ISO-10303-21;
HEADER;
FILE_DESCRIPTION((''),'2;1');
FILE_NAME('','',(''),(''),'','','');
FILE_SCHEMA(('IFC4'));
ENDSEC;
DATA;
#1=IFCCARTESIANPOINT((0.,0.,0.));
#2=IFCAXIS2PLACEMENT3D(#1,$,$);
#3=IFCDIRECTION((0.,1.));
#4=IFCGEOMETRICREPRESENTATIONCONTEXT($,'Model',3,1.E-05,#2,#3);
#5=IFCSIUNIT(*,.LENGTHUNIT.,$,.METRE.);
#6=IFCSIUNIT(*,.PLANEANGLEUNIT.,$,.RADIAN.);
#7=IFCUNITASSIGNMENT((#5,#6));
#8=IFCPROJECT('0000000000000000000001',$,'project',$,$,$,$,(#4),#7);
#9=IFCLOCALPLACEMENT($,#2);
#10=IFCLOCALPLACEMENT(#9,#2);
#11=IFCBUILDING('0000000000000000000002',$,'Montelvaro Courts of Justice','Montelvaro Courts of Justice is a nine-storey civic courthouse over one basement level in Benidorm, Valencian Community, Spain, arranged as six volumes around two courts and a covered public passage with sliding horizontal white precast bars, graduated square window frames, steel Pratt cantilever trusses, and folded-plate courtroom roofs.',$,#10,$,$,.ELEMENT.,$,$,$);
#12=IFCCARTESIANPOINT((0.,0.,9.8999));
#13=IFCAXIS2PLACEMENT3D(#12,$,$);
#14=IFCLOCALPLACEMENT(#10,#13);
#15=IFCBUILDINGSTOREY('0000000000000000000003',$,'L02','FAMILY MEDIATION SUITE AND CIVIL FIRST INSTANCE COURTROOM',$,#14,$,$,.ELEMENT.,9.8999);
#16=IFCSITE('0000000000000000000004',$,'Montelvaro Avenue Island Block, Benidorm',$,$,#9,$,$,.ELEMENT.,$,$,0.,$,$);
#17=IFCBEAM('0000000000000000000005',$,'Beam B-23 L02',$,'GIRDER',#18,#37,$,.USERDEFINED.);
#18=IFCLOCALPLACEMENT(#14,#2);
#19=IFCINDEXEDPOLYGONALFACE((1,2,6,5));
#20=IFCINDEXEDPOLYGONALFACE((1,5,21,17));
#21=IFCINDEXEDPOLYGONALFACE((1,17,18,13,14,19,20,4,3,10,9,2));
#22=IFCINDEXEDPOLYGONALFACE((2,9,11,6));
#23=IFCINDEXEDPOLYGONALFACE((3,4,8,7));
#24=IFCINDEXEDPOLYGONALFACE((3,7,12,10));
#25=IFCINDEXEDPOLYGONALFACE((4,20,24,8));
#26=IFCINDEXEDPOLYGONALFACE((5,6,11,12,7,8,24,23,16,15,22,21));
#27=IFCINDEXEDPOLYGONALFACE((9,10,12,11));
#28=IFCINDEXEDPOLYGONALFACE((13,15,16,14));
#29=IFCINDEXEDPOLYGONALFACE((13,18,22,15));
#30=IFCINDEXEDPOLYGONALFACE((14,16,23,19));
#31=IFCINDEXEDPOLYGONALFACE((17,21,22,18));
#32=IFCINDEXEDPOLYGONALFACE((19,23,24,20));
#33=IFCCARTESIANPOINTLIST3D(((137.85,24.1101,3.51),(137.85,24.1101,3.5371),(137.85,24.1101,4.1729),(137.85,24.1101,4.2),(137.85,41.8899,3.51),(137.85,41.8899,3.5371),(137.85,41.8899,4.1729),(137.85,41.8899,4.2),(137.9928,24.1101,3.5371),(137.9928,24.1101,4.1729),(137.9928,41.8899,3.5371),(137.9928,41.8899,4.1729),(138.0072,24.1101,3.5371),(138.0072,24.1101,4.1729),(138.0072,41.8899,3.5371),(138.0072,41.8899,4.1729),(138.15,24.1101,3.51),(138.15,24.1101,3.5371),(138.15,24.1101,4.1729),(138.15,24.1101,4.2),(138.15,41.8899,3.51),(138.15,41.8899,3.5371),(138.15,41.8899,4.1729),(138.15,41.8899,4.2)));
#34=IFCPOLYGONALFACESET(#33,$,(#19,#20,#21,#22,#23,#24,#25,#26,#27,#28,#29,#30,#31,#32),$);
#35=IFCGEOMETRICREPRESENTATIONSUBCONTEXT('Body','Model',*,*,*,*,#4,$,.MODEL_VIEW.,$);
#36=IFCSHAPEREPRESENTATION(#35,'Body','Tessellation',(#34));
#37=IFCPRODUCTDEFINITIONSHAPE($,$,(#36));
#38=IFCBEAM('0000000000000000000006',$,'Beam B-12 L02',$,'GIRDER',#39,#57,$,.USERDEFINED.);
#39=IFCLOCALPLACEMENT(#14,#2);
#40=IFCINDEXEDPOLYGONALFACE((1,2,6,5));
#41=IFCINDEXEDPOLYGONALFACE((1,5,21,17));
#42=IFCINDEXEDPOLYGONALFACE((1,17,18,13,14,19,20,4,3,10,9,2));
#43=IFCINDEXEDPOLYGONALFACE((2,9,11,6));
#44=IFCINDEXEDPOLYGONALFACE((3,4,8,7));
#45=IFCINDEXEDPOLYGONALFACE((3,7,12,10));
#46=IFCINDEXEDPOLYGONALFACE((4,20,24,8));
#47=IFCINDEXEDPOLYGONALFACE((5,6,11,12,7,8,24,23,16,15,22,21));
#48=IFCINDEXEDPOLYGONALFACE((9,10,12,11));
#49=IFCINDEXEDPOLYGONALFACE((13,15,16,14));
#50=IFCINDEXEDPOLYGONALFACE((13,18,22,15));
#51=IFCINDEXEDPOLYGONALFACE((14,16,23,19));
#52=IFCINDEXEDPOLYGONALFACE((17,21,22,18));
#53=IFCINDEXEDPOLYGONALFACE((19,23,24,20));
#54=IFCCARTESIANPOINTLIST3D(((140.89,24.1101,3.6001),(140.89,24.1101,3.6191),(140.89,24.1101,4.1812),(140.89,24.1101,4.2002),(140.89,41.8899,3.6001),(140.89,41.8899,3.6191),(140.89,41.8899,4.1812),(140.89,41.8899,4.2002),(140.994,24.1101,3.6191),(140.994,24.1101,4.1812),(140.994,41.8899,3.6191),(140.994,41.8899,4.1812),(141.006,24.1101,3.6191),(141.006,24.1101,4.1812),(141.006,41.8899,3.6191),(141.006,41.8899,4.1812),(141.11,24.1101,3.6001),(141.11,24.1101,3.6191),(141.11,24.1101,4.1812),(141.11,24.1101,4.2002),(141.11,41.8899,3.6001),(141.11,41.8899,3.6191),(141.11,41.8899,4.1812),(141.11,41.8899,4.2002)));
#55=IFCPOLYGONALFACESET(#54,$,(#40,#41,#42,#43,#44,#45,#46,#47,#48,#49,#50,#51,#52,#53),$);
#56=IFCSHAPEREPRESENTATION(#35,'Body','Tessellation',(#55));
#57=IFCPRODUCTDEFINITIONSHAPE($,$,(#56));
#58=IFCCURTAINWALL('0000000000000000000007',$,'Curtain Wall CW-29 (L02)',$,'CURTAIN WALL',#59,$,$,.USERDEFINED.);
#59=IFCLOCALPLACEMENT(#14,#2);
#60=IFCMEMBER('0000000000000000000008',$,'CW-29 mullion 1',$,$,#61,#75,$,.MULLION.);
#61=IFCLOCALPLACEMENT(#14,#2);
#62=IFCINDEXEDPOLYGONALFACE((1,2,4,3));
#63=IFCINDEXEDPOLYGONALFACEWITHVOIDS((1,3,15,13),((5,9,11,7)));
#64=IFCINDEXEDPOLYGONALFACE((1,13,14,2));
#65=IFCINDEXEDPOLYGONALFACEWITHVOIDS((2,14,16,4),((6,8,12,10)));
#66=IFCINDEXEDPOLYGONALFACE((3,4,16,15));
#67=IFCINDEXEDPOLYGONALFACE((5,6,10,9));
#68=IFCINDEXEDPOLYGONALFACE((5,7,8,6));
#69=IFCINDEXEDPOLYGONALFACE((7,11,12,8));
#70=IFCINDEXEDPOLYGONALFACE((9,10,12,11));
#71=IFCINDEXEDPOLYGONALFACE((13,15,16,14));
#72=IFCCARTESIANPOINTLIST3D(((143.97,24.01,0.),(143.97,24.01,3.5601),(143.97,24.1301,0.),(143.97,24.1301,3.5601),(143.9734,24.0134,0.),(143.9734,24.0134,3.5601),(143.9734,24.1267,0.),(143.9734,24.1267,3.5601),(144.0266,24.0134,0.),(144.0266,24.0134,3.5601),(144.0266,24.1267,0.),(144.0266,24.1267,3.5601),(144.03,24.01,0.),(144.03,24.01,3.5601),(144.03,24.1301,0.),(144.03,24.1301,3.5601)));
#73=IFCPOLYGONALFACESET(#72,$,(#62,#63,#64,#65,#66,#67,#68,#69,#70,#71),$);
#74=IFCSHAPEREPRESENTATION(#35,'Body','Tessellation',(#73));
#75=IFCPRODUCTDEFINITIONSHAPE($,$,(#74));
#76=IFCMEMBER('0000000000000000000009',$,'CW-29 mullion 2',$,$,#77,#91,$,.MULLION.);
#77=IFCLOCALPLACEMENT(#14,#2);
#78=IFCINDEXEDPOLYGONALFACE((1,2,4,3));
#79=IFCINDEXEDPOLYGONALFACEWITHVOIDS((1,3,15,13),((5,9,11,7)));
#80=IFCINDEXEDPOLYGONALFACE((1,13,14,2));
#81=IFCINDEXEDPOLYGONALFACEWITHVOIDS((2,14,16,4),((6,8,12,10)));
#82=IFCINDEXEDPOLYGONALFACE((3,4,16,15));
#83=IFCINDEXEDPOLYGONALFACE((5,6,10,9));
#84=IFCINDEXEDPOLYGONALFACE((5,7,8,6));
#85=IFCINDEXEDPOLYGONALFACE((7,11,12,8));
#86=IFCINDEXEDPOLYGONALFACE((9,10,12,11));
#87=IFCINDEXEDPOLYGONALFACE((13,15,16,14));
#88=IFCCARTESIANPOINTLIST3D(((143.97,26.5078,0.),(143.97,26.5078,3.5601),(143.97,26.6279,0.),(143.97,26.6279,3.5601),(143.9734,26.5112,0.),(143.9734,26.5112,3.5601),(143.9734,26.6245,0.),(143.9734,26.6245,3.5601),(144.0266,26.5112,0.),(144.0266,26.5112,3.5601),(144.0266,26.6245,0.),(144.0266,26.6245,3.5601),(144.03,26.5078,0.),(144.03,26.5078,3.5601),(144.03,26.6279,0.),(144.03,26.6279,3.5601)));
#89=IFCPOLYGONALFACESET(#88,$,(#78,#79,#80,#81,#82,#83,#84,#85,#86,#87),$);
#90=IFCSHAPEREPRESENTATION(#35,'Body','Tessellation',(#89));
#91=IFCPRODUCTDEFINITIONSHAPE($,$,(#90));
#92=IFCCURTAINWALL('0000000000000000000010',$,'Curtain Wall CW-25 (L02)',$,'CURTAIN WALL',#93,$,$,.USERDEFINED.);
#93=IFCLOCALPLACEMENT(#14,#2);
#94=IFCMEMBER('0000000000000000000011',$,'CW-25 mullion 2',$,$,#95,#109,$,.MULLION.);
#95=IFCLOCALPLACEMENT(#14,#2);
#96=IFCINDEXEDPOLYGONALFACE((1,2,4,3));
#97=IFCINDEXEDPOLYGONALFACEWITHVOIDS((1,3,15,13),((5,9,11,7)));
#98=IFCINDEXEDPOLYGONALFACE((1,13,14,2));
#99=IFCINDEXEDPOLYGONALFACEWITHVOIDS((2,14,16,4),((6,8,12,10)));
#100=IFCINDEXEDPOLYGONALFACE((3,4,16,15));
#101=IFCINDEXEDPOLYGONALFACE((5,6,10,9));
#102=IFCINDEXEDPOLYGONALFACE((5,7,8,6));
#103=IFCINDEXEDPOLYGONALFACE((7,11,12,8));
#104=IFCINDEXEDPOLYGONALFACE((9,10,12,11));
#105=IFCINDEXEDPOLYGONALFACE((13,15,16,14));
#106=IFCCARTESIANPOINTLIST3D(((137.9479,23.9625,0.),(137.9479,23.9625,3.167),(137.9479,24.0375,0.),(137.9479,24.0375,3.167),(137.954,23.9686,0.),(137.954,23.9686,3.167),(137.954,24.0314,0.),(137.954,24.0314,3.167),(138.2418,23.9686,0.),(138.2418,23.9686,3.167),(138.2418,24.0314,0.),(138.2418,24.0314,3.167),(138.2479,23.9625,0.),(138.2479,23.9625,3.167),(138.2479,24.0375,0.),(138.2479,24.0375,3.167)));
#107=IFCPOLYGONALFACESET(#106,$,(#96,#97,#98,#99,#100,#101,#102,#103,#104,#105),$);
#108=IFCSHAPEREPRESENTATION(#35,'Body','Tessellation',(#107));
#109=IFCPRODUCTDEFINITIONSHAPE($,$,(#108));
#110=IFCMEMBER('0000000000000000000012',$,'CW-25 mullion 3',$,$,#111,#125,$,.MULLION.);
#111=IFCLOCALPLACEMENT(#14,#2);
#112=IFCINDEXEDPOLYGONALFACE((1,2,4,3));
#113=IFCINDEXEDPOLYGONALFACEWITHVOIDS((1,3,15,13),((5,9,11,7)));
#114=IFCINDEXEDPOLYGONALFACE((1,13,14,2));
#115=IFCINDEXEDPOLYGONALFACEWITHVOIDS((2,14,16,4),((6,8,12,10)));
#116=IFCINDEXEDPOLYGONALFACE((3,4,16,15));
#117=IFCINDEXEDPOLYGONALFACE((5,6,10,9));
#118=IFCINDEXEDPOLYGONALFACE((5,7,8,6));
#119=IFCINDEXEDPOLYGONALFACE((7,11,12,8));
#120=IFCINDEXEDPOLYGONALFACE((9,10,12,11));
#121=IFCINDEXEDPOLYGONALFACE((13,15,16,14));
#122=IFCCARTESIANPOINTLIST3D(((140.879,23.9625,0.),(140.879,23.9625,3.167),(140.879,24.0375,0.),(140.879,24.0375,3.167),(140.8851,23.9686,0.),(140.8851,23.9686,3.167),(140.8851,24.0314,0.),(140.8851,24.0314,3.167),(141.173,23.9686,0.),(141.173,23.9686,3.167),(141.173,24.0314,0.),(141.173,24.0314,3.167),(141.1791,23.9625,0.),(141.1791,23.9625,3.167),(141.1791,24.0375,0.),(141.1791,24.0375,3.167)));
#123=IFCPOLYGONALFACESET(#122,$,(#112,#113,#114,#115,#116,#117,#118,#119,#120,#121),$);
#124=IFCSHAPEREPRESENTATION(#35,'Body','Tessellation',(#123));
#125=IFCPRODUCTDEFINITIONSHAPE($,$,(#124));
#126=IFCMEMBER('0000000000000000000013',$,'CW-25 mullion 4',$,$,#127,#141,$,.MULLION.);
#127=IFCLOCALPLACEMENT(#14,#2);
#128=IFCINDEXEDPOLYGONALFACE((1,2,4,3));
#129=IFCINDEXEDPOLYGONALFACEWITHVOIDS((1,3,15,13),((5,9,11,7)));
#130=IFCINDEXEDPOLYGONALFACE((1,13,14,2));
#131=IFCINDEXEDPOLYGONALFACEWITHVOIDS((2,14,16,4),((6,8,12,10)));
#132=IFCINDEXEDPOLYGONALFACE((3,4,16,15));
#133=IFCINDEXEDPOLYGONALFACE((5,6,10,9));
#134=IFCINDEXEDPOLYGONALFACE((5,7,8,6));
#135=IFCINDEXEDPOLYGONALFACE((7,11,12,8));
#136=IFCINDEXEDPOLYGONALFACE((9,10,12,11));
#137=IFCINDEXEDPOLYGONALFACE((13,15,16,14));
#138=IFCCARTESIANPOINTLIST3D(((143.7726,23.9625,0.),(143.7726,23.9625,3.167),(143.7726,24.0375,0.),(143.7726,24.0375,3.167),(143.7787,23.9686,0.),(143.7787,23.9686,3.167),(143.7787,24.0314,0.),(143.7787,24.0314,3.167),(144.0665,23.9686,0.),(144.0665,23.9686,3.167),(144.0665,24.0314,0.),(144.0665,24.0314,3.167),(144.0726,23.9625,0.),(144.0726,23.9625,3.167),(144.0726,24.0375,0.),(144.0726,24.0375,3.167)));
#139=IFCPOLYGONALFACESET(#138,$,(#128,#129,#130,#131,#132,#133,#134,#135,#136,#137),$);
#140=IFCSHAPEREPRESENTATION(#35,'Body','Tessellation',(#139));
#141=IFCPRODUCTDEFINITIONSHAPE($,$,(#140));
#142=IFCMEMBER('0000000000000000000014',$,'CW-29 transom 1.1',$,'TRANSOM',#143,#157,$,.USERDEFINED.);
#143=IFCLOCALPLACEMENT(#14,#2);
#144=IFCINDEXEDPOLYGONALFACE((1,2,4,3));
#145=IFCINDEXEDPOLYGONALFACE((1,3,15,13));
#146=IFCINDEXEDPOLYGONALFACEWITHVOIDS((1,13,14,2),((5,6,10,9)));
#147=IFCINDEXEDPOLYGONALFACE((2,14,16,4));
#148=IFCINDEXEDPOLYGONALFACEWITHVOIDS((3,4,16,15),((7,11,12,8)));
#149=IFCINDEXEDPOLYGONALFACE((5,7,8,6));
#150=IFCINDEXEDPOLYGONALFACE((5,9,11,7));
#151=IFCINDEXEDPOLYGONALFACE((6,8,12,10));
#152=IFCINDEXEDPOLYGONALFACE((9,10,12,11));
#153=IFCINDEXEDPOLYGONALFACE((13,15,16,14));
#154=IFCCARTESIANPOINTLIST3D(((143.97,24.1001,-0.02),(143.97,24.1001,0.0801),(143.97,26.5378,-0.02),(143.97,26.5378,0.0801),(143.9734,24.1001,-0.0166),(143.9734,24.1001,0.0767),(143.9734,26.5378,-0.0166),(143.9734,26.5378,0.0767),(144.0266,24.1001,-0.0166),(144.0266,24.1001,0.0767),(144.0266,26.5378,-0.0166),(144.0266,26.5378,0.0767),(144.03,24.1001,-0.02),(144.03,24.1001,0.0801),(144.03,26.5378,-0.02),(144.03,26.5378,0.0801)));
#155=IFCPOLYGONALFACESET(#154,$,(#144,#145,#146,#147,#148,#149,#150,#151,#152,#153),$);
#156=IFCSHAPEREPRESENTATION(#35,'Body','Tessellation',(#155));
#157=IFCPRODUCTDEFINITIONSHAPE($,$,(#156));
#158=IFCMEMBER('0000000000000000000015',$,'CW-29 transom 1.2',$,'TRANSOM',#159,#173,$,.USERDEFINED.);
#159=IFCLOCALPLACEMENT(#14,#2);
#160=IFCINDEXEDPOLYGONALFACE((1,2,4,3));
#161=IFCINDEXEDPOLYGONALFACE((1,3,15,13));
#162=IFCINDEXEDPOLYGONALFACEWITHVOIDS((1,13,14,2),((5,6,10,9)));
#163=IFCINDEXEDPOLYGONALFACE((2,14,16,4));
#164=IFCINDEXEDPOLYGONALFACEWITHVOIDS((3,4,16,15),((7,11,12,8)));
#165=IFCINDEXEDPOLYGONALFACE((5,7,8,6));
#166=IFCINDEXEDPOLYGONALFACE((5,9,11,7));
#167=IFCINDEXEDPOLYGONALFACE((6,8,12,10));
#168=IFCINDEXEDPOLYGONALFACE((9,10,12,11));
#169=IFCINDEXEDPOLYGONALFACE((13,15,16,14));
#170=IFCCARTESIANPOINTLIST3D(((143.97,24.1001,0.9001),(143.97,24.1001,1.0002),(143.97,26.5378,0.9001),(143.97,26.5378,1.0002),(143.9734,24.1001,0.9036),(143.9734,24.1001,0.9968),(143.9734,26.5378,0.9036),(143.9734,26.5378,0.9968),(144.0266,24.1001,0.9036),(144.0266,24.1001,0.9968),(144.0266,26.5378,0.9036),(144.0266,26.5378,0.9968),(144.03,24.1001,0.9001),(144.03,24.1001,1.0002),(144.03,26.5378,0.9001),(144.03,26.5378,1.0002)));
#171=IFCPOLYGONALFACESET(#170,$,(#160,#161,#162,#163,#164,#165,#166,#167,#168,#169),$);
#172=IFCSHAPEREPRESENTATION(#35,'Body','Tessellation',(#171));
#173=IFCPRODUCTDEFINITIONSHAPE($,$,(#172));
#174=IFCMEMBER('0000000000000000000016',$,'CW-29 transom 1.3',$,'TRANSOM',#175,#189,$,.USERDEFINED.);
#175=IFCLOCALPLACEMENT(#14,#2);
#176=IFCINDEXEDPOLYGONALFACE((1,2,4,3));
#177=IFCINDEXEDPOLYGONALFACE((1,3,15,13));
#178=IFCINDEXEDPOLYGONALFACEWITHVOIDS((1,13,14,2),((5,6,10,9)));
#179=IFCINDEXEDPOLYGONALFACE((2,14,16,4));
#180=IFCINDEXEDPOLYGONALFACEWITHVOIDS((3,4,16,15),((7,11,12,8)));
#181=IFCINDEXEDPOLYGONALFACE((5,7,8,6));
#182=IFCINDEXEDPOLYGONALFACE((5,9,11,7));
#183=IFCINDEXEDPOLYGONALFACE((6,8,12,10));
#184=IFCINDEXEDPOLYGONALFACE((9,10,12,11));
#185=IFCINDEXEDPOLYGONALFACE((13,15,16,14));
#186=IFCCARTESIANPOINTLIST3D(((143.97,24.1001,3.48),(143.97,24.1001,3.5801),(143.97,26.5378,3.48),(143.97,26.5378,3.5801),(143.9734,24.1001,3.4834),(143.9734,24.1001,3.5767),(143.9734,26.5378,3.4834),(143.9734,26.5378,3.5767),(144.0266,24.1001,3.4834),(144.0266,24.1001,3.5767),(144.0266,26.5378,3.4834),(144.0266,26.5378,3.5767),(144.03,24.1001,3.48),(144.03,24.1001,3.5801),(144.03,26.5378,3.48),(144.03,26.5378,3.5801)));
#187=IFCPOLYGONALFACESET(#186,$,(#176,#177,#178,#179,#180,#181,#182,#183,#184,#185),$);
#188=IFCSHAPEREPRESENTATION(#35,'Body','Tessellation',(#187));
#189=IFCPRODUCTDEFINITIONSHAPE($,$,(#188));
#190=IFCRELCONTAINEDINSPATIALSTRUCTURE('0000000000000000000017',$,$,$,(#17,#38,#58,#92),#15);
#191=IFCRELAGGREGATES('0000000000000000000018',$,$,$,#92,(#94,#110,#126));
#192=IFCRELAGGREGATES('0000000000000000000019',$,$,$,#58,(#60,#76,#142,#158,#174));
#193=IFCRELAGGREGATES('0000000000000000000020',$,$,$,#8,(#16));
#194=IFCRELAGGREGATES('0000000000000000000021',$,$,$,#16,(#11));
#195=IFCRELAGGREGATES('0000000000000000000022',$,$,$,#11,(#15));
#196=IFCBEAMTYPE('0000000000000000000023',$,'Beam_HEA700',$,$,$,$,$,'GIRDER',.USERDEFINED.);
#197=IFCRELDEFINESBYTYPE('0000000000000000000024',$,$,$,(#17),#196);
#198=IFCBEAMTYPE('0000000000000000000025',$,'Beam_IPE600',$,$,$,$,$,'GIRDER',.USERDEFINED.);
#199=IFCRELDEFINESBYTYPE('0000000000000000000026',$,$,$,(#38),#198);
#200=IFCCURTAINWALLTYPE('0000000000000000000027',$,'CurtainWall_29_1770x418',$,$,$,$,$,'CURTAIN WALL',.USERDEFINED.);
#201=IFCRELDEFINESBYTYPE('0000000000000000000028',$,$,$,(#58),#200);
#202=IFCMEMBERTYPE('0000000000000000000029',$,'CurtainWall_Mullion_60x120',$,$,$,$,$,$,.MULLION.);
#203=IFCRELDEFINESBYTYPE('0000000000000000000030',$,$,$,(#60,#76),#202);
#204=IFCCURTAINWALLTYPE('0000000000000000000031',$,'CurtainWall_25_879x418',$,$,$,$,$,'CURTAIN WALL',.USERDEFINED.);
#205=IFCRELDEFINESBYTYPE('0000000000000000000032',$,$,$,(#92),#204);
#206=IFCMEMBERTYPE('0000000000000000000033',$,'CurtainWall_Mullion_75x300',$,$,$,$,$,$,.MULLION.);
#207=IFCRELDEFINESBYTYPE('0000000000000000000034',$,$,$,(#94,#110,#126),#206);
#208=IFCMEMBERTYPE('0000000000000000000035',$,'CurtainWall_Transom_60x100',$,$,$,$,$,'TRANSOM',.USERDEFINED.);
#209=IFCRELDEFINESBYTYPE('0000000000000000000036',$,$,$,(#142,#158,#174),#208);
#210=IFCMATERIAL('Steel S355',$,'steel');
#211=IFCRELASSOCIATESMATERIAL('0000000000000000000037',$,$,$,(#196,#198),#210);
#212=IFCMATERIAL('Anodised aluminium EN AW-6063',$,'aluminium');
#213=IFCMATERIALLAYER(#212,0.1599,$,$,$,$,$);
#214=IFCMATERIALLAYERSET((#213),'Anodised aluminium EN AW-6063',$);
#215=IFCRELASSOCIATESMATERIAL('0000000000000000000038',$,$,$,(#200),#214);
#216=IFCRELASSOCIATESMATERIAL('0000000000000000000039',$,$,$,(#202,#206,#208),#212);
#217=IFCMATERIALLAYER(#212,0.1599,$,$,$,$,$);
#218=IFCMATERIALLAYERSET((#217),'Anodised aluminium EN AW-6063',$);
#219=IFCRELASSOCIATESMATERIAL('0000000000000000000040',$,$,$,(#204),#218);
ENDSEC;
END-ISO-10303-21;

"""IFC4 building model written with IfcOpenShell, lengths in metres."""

from ifc_helpers import new_model, si_unit, direction, frame, origin, origin_2d, place, context, subcontext, project, spatial, hollow_rectangle, i_section, extrude, material, layer, layer_set, material_profile, profile_set, type_object, element, aggregate, save


model = new_model("IFC4")

# Units and contexts
model_context = context("Model", 3, precision=1e-05, world=origin(), true_north=direction((0.0, 1.0)))
body_context = subcontext(model_context, "Body", "Model", "MODEL_VIEW")
ifc_project = project(units=[si_unit("LENGTHUNIT", "METRE"), si_unit("PLANEANGLEUNIT", "RADIAN")], contexts=[model_context])

# Site, building, storey
site_placement = place(None, origin())
site = spatial("IfcSite", under=ifc_project, at=site_placement, Name="Montelvaro Avenue Island Block, Benidorm", CompositionType="ELEMENT", RefElevation=0.0)
building_placement = place(site_placement, origin())
building = spatial("IfcBuilding", under=site, at=building_placement, Name="Montelvaro Courts of Justice", Description="Montelvaro Courts of Justice is a nine-storey civic courthouse over one basement level in Benidorm, Valencian Community, Spain, arranged as six volumes around two courts and a covered public passage with sliding horizontal white precast bars, graduated square window frames, steel Pratt cantilever trusses, and folded-plate courtroom roofs.", CompositionType="ELEMENT")
storey_placement = place(building_placement, frame((0.0, 0.0, 9.8999)))
storey = spatial("IfcBuildingStorey", under=building, at=storey_placement, Name="L02", Description="FAMILY MEDIATION SUITE AND CIVIL FIRST INSTANCE COURTROOM", CompositionType="ELEMENT", Elevation=9.8999)

# Beams
ifc_material_1 = material(Name="Steel S355", Category="steel")
ifc_material_profile_1 = material_profile(ifc_material_1, i_section(OverallWidth=0.3, OverallDepth=0.6899, WebThickness=0.0144, FlangeThickness=0.0271, at=origin_2d()), Name="HEA 700")
ifc_profile_set_1 = profile_set([ifc_material_profile_1], Name="Steel S355")
beam_type_1 = type_object("IfcBeamType", Name="Beam_HEA700", ElementType="GIRDER", PredefinedType="USERDEFINED", material=ifc_profile_set_1)
beam_1_placement = place(storey_placement, frame((138.0, 24.1101, 3.855), z_axis=(0.0, 1.0, 0.0), x_axis=(-1.0, 0.0, 0.0)))
element("IfcBeam", 1, at=beam_1_placement, inside=storey, type_object=beam_type_1, Name="Beam B-23 L02", ObjectType="GIRDER", PredefinedType="USERDEFINED", context=body_context, shape_type="SweptSolid", body=[
    extrude(i_section(OverallWidth=0.3, OverallDepth=0.6899, WebThickness=0.0144, FlangeThickness=0.0271, at=origin_2d()), origin(), (0.0, 0.0, 1.0), 17.7798),
])
ifc_material_profile_2 = material_profile(ifc_material_1, i_section(OverallWidth=0.22, OverallDepth=0.6001, WebThickness=0.012, FlangeThickness=0.019, at=origin_2d()), Name="IPE 600")
ifc_profile_set_2 = profile_set([ifc_material_profile_2], Name="Steel S355")
beam_type_2 = type_object("IfcBeamType", Name="Beam_IPE600", ElementType="GIRDER", PredefinedType="USERDEFINED", material=ifc_profile_set_2)
beam_2_placement = place(storey_placement, frame((141.0, 24.1101, 3.9001), z_axis=(0.0, 1.0, 0.0), x_axis=(-1.0, 0.0, 0.0)))
element("IfcBeam", 2, at=beam_2_placement, inside=storey, type_object=beam_type_2, Name="Beam B-12 L02", ObjectType="GIRDER", PredefinedType="USERDEFINED", context=body_context, shape_type="SweptSolid", body=[
    extrude(i_section(OverallWidth=0.22, OverallDepth=0.6001, WebThickness=0.012, FlangeThickness=0.019, at=origin_2d()), origin(), (0.0, 0.0, 1.0), 17.7798),
])

# Curtain walls, members
ifc_material_2 = material(Name="Anodised aluminium EN AW-6063", Category="aluminium")
ifc_layer_1 = layer(ifc_material_2, 0.1599)
ifc_layer_set_1 = layer_set([ifc_layer_1], Name="Anodised aluminium EN AW-6063")
curtain_wall_type_1 = type_object("IfcCurtainWallType", Name="CurtainWall_29_1770x418", ElementType="CURTAIN WALL", PredefinedType="USERDEFINED", material=ifc_layer_set_1)
curtain_wall_1_placement = place(storey_placement, origin())
curtain_wall_1 = element("IfcCurtainWall", 3, at=curtain_wall_1_placement, inside=storey, type_object=curtain_wall_type_1, Name="Curtain Wall CW-29 (L02)", ObjectType="CURTAIN WALL", PredefinedType="USERDEFINED")
ifc_material_profile_3 = material_profile(ifc_material_2, hollow_rectangle(XDim=0.0601, YDim=0.1201, WallThickness=0.0034, at=origin_2d()), Name="ALU-M 60x120")
ifc_profile_set_3 = profile_set([ifc_material_profile_3], Name="Anodised aluminium EN AW-6063")
member_type_1 = type_object("IfcMemberType", Name="CurtainWall_Mullion_60x120", PredefinedType="MULLION", material=ifc_profile_set_3)
member_1_placement = place(storey_placement, frame((144.0, 24.0701, 0.0), z_axis=(0.0, 0.0, 1.0), x_axis=(-1.0, 0.0, 0.0)))
member_1 = element("IfcMember", 4, at=member_1_placement, type_object=member_type_1, Name="CW-29 mullion 1", PredefinedType="MULLION", context=body_context, shape_type="SweptSolid", body=[
    extrude(hollow_rectangle(XDim=0.0601, YDim=0.1201, WallThickness=0.0034, at=origin_2d()), origin(), (0.0, 0.0, 1.0), 3.5601),
])
member_2_placement = place(storey_placement, frame((144.0, 26.5679, 0.0), z_axis=(0.0, 0.0, 1.0), x_axis=(-1.0, 0.0, 0.0)))
member_2 = element("IfcMember", 5, at=member_2_placement, type_object=member_type_1, Name="CW-29 mullion 2", PredefinedType="MULLION", context=body_context, shape_type="SweptSolid", body=[
    extrude(hollow_rectangle(XDim=0.0601, YDim=0.1201, WallThickness=0.0034, at=origin_2d()), origin(), (0.0, 0.0, 1.0), 3.5601),
])
ifc_layer_2 = layer(ifc_material_2, 0.1599)
ifc_layer_set_2 = layer_set([ifc_layer_2], Name="Anodised aluminium EN AW-6063")
curtain_wall_type_2 = type_object("IfcCurtainWallType", Name="CurtainWall_25_879x418", ElementType="CURTAIN WALL", PredefinedType="USERDEFINED", material=ifc_layer_set_2)
curtain_wall_2_placement = place(storey_placement, origin())
curtain_wall_2 = element("IfcCurtainWall", 6, at=curtain_wall_2_placement, inside=storey, type_object=curtain_wall_type_2, Name="Curtain Wall CW-25 (L02)", ObjectType="CURTAIN WALL", PredefinedType="USERDEFINED")
ifc_material_profile_4 = material_profile(ifc_material_2, hollow_rectangle(XDim=0.075, YDim=0.3, WallThickness=0.0061, at=origin_2d()), Name="ALU-M 75x300")
ifc_profile_set_4 = profile_set([ifc_material_profile_4], Name="Anodised aluminium EN AW-6063")
member_type_2 = type_object("IfcMemberType", Name="CurtainWall_Mullion_75x300", PredefinedType="MULLION", material=ifc_profile_set_4)
member_3_placement = place(storey_placement, frame((138.0979, 24.0, 0.0), z_axis=(0.0, 0.0, 1.0), x_axis=(0.0, 1.0, 0.0)))
member_3 = element("IfcMember", 7, at=member_3_placement, type_object=member_type_2, Name="CW-25 mullion 2", PredefinedType="MULLION", context=body_context, shape_type="SweptSolid", body=[
    extrude(hollow_rectangle(XDim=0.075, YDim=0.3, WallThickness=0.0061, at=origin_2d()), origin(), (0.0, 0.0, 1.0), 3.167),
])
member_4_placement = place(storey_placement, frame((141.0291, 24.0, 0.0), z_axis=(0.0, 0.0, 1.0), x_axis=(0.0, 1.0, 0.0)))
member_4 = element("IfcMember", 8, at=member_4_placement, type_object=member_type_2, Name="CW-25 mullion 3", PredefinedType="MULLION", context=body_context, shape_type="SweptSolid", body=[
    extrude(hollow_rectangle(XDim=0.075, YDim=0.3, WallThickness=0.0061, at=origin_2d()), origin(), (0.0, 0.0, 1.0), 3.167),
])
member_5_placement = place(storey_placement, frame((143.9226, 24.0, 0.0), z_axis=(0.0, 0.0, 1.0), x_axis=(0.0, 1.0, 0.0)))
member_5 = element("IfcMember", 9, at=member_5_placement, type_object=member_type_2, Name="CW-25 mullion 4", PredefinedType="MULLION", context=body_context, shape_type="SweptSolid", body=[
    extrude(hollow_rectangle(XDim=0.075, YDim=0.3, WallThickness=0.0061, at=origin_2d()), origin(), (0.0, 0.0, 1.0), 3.167),
])

# Members
ifc_material_profile_5 = material_profile(ifc_material_2, hollow_rectangle(XDim=0.0601, YDim=0.1001, WallThickness=0.0034, at=origin_2d()), Name="ALU-T 60x100")
ifc_profile_set_5 = profile_set([ifc_material_profile_5], Name="Anodised aluminium EN AW-6063")
member_type_3 = type_object("IfcMemberType", Name="CurtainWall_Transom_60x100", ElementType="TRANSOM", PredefinedType="USERDEFINED", material=ifc_profile_set_5)
member_6_placement = place(storey_placement, frame((144.0, 24.1001, 0.03), z_axis=(0.0, 1.0, 0.0), x_axis=(-1.0, 0.0, 0.0)))
member_6 = element("IfcMember", 10, at=member_6_placement, type_object=member_type_3, Name="CW-29 transom 1.1", ObjectType="TRANSOM", PredefinedType="USERDEFINED", context=body_context, shape_type="SweptSolid", body=[
    extrude(hollow_rectangle(XDim=0.0601, YDim=0.1001, WallThickness=0.0034, at=origin_2d()), origin(), (0.0, 0.0, 1.0), 2.4377),
])
member_7_placement = place(storey_placement, frame((144.0, 24.1001, 0.9502), z_axis=(0.0, 1.0, 0.0), x_axis=(-1.0, 0.0, 0.0)))
member_7 = element("IfcMember", 11, at=member_7_placement, type_object=member_type_3, Name="CW-29 transom 1.2", ObjectType="TRANSOM", PredefinedType="USERDEFINED", context=body_context, shape_type="SweptSolid", body=[
    extrude(hollow_rectangle(XDim=0.0601, YDim=0.1001, WallThickness=0.0034, at=origin_2d()), origin(), (0.0, 0.0, 1.0), 2.4377),
])
member_8_placement = place(storey_placement, frame((144.0, 24.1001, 3.53), z_axis=(0.0, 1.0, 0.0), x_axis=(-1.0, 0.0, 0.0)))
member_8 = element("IfcMember", 12, at=member_8_placement, type_object=member_type_3, Name="CW-29 transom 1.3", ObjectType="TRANSOM", PredefinedType="USERDEFINED", context=body_context, shape_type="SweptSolid", body=[
    extrude(hollow_rectangle(XDim=0.0601, YDim=0.1001, WallThickness=0.0034, at=origin_2d()), origin(), (0.0, 0.0, 1.0), 2.4377),
])

aggregate(curtain_wall_2, [member_3, member_4, member_5])
aggregate(curtain_wall_1, [member_1, member_2, member_6, member_7, member_8])

save(model, "model.ifc")
